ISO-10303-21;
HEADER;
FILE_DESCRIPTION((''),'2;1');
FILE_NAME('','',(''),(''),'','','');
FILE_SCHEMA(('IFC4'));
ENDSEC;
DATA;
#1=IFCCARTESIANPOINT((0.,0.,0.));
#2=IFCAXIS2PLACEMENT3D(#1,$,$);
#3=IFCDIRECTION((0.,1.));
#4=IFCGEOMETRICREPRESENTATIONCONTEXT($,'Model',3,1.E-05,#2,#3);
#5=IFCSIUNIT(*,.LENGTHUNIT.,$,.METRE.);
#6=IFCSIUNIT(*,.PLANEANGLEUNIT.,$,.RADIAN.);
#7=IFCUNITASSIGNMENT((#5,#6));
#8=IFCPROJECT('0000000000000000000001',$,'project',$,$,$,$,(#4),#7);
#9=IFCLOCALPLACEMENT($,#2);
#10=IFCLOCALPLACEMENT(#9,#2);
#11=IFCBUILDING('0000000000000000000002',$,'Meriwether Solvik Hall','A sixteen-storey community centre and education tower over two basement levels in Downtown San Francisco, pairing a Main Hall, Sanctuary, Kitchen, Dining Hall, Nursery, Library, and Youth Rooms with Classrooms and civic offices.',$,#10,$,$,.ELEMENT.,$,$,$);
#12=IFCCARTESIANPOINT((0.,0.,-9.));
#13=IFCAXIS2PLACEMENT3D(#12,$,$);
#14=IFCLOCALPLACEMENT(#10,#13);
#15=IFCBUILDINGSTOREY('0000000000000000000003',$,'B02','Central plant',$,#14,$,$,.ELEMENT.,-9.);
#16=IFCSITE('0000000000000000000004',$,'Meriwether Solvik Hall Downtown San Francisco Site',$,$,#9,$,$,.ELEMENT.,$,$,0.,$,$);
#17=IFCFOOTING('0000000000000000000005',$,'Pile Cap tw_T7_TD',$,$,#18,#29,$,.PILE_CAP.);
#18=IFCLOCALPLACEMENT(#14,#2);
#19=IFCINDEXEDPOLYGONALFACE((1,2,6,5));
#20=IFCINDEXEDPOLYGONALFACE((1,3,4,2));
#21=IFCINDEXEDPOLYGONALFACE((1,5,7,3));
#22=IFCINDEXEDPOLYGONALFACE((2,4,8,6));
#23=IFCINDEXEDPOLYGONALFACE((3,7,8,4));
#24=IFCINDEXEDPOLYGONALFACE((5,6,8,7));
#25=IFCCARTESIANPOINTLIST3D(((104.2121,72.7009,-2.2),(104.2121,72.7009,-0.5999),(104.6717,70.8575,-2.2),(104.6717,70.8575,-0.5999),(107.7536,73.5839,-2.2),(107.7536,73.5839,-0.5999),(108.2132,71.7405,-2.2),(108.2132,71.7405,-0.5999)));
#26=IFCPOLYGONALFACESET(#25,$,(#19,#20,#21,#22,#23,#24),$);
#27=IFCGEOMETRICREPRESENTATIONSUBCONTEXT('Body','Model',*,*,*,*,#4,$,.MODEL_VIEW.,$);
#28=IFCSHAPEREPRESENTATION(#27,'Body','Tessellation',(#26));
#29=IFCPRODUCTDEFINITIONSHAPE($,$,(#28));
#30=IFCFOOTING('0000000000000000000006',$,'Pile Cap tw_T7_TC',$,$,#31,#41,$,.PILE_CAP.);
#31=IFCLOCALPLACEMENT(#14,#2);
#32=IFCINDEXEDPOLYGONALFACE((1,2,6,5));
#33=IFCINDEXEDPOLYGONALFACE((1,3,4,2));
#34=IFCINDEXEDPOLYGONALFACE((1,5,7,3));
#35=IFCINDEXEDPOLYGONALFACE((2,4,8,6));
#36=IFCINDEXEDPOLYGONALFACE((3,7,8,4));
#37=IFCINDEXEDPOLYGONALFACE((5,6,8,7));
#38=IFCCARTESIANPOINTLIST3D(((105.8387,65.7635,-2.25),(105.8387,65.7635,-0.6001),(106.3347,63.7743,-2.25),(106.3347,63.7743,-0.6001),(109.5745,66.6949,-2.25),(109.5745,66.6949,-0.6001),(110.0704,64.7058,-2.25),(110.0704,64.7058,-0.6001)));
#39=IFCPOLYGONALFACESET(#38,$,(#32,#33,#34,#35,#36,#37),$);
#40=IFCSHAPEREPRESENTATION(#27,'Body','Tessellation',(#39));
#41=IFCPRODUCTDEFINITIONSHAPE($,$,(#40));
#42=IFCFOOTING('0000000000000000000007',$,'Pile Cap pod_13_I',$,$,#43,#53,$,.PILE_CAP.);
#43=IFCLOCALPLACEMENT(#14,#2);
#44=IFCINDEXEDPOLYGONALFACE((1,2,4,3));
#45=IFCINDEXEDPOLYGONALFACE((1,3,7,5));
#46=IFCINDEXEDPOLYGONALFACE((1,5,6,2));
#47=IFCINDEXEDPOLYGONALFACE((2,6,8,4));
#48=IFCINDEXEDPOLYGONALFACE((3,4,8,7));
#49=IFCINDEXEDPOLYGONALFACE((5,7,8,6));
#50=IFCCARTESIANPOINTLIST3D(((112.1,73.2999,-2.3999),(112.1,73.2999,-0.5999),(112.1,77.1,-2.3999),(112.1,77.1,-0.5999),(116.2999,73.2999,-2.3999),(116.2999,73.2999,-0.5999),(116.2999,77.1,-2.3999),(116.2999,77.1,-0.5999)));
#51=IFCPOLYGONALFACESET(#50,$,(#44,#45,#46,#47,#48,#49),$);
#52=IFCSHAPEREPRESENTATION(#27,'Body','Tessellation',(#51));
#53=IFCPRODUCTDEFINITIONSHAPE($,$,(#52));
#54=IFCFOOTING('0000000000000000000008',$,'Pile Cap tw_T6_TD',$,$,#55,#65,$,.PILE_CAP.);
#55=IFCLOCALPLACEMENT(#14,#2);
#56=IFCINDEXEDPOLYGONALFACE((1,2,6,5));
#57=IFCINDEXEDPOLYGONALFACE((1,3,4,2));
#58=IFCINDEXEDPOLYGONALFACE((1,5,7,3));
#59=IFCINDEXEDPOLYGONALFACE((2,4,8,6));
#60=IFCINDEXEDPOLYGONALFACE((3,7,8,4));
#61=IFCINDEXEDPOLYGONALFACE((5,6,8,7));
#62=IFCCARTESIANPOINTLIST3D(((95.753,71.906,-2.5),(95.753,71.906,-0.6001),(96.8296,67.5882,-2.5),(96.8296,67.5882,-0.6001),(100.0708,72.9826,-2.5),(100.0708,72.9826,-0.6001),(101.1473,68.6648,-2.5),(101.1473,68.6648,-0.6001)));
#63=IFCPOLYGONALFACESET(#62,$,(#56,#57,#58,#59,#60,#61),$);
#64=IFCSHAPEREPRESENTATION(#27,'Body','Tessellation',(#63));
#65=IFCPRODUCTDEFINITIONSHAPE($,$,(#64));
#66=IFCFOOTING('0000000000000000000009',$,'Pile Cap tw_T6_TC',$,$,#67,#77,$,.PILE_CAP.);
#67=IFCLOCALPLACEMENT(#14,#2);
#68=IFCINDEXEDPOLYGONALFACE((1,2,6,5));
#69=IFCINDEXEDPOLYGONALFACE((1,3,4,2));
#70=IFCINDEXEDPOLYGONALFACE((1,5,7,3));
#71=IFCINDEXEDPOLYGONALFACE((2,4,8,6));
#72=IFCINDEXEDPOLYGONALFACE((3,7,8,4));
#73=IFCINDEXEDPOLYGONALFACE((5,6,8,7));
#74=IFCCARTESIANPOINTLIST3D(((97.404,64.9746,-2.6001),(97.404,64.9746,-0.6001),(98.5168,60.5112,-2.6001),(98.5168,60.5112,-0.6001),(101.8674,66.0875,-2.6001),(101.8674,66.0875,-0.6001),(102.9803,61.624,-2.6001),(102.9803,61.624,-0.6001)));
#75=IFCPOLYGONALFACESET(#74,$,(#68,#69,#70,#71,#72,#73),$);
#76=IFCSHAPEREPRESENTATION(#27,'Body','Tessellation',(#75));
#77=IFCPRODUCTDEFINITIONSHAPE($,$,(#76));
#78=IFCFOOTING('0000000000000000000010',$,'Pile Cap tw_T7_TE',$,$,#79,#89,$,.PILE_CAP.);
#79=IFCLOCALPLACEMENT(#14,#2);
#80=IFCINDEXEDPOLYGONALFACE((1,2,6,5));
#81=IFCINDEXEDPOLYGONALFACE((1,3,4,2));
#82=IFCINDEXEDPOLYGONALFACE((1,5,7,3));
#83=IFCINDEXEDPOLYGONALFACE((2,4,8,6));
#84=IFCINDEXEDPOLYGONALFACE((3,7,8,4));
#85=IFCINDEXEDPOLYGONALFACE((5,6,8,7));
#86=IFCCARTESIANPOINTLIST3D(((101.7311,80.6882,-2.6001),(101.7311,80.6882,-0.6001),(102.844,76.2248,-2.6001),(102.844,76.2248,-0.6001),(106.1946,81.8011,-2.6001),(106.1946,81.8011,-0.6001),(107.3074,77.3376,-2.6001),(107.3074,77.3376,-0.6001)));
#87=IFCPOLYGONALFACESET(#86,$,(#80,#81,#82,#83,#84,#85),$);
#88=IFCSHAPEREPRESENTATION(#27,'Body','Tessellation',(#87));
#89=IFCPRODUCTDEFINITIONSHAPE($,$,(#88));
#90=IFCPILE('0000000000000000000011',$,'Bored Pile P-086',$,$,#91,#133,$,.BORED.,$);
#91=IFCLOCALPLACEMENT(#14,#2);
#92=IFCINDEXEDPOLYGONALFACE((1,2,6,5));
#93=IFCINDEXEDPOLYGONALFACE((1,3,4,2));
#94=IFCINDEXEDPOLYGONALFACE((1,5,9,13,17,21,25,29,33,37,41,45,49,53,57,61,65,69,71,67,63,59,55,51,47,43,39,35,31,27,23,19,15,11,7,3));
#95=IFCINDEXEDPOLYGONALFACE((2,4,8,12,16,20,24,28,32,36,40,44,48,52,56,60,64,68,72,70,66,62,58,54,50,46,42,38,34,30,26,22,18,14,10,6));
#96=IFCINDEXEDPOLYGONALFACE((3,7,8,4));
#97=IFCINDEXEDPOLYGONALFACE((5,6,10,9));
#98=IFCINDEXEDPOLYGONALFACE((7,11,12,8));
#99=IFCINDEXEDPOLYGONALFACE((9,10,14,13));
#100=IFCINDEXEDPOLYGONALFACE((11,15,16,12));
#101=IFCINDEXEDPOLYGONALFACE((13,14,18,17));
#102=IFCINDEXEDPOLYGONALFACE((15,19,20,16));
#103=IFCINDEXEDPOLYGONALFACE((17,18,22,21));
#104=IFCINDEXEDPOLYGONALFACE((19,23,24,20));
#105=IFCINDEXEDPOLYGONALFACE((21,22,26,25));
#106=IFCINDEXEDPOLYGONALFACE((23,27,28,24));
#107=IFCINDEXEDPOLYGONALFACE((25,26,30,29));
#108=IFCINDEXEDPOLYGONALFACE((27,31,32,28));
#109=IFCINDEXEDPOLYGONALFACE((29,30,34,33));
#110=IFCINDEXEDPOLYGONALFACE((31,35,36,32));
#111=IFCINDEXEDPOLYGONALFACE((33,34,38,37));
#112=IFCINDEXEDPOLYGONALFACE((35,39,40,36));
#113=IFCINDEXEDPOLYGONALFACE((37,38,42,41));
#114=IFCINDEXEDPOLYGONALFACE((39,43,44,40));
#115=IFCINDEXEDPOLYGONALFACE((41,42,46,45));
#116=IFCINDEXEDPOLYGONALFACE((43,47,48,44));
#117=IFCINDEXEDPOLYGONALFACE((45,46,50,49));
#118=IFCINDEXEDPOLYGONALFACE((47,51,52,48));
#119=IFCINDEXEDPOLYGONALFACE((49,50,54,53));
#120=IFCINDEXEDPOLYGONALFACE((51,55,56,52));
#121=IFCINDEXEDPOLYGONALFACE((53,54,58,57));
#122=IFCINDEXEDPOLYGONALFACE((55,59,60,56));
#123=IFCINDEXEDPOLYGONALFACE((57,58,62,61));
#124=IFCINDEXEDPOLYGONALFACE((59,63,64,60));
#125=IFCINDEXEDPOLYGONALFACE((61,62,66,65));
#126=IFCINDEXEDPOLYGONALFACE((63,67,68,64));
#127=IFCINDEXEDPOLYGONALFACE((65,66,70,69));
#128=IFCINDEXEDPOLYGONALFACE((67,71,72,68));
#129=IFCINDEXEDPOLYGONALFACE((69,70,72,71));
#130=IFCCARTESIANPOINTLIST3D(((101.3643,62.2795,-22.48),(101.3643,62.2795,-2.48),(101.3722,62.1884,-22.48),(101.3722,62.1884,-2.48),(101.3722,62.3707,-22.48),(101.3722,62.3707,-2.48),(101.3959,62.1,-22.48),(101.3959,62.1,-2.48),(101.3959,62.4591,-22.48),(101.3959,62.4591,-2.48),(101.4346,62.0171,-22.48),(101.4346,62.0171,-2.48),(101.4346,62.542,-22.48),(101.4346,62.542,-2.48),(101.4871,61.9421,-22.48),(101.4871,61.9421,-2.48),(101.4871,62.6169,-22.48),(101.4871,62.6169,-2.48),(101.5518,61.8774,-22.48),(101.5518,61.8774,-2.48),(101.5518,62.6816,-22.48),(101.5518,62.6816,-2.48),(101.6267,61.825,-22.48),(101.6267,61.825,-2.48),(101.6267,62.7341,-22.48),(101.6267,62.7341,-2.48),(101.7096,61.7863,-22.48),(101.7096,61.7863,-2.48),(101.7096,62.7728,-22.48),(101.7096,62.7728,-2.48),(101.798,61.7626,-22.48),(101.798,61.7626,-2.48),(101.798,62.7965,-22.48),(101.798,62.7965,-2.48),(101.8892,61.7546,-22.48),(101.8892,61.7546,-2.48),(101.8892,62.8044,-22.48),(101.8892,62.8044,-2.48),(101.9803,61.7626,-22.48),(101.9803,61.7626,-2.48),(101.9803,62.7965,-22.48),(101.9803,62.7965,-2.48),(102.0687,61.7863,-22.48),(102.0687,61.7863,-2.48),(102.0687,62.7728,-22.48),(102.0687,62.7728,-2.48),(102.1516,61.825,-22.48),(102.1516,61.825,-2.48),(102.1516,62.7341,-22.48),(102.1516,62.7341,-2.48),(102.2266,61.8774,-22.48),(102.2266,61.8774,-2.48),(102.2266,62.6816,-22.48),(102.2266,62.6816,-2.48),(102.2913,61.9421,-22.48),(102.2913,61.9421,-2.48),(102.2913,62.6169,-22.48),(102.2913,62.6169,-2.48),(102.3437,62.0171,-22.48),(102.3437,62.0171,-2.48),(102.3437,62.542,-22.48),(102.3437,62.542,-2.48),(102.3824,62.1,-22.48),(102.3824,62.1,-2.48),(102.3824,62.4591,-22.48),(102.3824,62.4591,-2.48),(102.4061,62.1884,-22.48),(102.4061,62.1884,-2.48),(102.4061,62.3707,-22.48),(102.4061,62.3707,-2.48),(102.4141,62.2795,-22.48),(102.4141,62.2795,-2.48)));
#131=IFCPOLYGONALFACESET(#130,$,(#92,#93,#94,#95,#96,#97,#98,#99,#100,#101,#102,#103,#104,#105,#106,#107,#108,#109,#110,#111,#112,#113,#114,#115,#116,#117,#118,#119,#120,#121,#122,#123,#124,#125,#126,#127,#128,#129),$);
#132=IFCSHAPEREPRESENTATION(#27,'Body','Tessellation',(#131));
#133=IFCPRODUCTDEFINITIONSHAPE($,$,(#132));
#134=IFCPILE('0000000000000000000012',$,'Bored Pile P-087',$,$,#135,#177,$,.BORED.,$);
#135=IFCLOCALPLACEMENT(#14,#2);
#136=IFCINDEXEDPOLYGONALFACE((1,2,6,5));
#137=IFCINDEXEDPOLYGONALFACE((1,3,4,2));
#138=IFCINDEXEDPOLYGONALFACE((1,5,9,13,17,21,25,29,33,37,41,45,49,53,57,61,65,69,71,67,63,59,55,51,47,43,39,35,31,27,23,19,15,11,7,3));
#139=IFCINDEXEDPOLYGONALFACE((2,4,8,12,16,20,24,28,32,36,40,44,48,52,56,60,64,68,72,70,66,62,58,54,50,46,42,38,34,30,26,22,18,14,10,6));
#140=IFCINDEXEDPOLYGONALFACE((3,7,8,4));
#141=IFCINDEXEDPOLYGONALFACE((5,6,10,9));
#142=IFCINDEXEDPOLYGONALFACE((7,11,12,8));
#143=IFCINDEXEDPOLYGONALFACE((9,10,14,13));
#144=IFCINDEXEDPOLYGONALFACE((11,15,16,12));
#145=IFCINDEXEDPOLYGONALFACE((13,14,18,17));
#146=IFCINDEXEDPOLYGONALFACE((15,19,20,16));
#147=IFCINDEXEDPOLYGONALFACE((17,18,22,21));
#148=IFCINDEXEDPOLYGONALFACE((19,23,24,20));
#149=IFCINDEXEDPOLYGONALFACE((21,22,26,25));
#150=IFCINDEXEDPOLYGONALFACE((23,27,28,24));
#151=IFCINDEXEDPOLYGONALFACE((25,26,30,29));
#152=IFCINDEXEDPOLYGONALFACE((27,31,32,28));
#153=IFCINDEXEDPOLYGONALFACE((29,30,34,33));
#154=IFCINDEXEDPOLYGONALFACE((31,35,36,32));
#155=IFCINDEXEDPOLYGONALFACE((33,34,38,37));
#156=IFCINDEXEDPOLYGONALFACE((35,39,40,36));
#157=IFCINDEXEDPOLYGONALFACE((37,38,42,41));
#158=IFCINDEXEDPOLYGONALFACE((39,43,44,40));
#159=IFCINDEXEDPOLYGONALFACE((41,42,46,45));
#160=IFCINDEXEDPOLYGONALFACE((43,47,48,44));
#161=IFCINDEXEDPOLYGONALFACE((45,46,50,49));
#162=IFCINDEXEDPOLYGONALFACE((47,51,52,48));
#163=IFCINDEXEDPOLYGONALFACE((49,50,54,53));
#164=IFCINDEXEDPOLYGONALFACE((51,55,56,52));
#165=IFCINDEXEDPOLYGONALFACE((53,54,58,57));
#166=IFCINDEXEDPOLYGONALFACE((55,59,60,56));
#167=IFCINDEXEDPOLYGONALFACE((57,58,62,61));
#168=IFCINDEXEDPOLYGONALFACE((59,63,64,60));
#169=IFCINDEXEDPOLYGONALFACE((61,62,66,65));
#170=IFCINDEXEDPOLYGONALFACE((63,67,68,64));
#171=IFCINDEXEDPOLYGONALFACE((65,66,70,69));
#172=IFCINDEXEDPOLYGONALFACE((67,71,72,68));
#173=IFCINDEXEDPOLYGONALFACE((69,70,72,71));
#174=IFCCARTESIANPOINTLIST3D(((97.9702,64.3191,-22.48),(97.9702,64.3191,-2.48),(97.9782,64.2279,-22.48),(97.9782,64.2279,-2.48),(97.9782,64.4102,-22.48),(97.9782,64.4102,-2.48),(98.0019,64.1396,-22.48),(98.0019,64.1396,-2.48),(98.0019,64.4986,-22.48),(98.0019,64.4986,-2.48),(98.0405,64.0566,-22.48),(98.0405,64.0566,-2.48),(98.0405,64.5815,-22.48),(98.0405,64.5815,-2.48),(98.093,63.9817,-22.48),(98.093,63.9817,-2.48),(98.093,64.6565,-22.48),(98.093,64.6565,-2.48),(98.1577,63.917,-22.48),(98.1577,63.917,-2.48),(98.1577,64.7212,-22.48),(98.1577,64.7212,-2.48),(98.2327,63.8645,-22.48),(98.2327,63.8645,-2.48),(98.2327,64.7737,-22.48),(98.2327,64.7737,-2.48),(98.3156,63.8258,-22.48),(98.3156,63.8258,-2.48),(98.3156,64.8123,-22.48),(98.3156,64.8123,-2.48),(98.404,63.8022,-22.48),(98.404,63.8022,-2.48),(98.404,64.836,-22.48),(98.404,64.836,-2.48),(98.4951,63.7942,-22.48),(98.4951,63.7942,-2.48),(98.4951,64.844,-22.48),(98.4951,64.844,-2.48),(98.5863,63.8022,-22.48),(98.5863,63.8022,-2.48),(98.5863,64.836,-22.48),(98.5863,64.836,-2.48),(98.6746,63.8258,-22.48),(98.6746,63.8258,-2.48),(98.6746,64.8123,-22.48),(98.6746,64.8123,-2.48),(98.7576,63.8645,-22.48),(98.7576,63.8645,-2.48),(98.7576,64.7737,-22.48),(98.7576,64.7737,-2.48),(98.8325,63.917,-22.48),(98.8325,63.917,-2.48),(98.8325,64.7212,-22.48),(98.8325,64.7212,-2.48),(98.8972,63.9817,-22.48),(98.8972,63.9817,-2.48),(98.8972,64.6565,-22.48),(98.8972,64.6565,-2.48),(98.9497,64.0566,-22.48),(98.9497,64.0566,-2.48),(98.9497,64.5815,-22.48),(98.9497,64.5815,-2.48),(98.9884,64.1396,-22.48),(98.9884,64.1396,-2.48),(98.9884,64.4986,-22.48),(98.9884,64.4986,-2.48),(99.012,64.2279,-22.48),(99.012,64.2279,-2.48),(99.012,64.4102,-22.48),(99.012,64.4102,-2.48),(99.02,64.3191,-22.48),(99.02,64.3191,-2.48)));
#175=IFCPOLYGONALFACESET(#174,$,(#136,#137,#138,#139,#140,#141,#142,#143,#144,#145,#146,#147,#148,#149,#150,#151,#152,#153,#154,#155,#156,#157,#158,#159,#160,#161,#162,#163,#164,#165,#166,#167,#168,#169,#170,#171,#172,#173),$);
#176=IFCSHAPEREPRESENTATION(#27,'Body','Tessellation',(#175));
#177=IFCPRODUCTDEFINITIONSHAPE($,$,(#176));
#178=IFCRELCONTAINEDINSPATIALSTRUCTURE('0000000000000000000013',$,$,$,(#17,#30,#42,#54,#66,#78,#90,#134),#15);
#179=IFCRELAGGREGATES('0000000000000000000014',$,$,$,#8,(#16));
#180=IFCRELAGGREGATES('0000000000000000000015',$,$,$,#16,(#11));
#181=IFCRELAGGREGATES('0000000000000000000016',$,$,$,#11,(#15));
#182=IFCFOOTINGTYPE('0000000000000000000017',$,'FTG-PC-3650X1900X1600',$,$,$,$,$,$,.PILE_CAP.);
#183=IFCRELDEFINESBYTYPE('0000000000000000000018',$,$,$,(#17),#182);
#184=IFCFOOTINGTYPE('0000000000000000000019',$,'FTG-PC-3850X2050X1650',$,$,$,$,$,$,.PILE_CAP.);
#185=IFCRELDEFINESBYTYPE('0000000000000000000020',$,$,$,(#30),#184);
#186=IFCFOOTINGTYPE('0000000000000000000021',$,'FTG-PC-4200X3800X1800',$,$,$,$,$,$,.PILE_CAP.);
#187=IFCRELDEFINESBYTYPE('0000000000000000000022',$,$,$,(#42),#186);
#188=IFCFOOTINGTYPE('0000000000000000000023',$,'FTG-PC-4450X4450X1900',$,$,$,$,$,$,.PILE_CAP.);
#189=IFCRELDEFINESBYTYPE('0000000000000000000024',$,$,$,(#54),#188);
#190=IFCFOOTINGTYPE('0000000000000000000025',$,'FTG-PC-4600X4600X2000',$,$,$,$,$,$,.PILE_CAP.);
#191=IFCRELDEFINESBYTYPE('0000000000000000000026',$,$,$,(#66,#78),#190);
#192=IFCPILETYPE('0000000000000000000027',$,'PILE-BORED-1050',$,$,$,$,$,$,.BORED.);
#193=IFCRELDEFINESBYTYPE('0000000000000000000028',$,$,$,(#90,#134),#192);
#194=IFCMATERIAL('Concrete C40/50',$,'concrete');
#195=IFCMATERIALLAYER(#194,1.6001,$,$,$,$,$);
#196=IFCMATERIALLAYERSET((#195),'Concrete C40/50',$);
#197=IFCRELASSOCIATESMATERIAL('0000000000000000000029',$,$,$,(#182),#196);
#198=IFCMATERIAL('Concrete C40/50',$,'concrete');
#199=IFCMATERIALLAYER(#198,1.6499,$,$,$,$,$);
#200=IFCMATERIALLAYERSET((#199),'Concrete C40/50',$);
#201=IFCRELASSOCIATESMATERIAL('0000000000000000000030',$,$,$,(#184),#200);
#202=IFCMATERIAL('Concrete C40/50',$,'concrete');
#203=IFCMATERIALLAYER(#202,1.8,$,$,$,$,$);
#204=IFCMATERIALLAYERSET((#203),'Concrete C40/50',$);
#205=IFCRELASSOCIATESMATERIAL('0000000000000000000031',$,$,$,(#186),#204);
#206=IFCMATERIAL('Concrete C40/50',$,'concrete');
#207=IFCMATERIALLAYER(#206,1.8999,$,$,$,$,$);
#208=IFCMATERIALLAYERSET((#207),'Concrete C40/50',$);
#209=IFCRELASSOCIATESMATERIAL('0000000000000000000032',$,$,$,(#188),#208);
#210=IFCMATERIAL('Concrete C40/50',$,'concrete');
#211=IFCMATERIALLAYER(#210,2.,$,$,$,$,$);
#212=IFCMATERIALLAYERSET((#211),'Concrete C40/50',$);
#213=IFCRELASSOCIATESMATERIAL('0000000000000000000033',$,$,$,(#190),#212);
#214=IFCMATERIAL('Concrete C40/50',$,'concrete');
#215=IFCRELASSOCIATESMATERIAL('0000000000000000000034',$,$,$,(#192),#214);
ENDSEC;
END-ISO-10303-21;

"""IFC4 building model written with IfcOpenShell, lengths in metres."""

from ifc_helpers import new_model, si_unit, direction, frame, origin, origin_2d, place, context, subcontext, project, spatial, rectangle, circle, extrude, material, layer, layer_set, material_profile, profile_set, type_object, element, save


model = new_model("IFC4")

# Units and contexts
model_context = context("Model", 3, precision=1e-05, world=origin(), true_north=direction((0.0, 1.0)))
body_context = subcontext(model_context, "Body", "Model", "MODEL_VIEW")
ifc_project = project(units=[si_unit("LENGTHUNIT", "METRE"), si_unit("PLANEANGLEUNIT", "RADIAN")], contexts=[model_context])

# Site, building, storey
site_placement = place(None, origin())
site = spatial("IfcSite", under=ifc_project, at=site_placement, Name="Meriwether Solvik Hall Downtown San Francisco Site", CompositionType="ELEMENT", RefElevation=0.0)
building_placement = place(site_placement, origin())
building = spatial("IfcBuilding", under=site, at=building_placement, Name="Meriwether Solvik Hall", Description="A sixteen-storey community centre and education tower over two basement levels in Downtown San Francisco, pairing a Main Hall, Sanctuary, Kitchen, Dining Hall, Nursery, Library, and Youth Rooms with Classrooms and civic offices.", CompositionType="ELEMENT")
storey_placement = place(building_placement, frame((0.0, 0.0, -9.0)))
storey = spatial("IfcBuildingStorey", under=building, at=storey_placement, Name="B02", Description="Central plant", CompositionType="ELEMENT", Elevation=-9.0)

# Footings
ifc_material_1 = material(Name="Concrete C40/50", Category="concrete")
ifc_layer_1 = layer(ifc_material_1, 1.6001)
ifc_layer_set_1 = layer_set([ifc_layer_1], Name="Concrete C40/50")
footing_type_1 = type_object("IfcFootingType", Name="FTG-PC-3650X1900X1600", PredefinedType="PILE_CAP", material=ifc_layer_set_1)
footing_1_placement = place(storey_placement, frame((106.2126, 72.2207, -2.2), z_axis=(0.0, 0.0, 1.0), x_axis=(0.970296, 0.241922, 0.0)))
element("IfcFooting", 1, at=footing_1_placement, inside=storey, type_object=footing_type_1, Name="Pile Cap tw_T7_TD", PredefinedType="PILE_CAP", context=body_context, shape_type="SweptSolid", body=[
    extrude(rectangle(XDim=3.6499, YDim=1.8999, at=origin_2d()), origin(), (0.0, 0.0, 1.0), 1.6001),
])
ifc_material_2 = material(Name="Concrete C40/50", Category="concrete")
ifc_layer_2 = layer(ifc_material_2, 1.6499)
ifc_layer_set_2 = layer_set([ifc_layer_2], Name="Concrete C40/50")
footing_type_2 = type_object("IfcFootingType", Name="FTG-PC-3850X2050X1650", PredefinedType="PILE_CAP", material=ifc_layer_set_2)
footing_2_placement = place(storey_placement, frame((107.9546, 65.2346, -2.25), z_axis=(0.0, 0.0, 1.0), x_axis=(0.970296, 0.241922, 0.0)))
element("IfcFooting", 2, at=footing_2_placement, inside=storey, type_object=footing_type_2, Name="Pile Cap tw_T7_TC", PredefinedType="PILE_CAP", context=body_context, shape_type="SweptSolid", body=[
    extrude(rectangle(XDim=3.8501, YDim=2.05, at=origin_2d()), origin(), (0.0, 0.0, 1.0), 1.6499),
])
ifc_material_3 = material(Name="Concrete C40/50", Category="concrete")
ifc_layer_3 = layer(ifc_material_3, 1.8)
ifc_layer_set_3 = layer_set([ifc_layer_3], Name="Concrete C40/50")
footing_type_3 = type_object("IfcFootingType", Name="FTG-PC-4200X3800X1800", PredefinedType="PILE_CAP", material=ifc_layer_set_3)
footing_3_placement = place(storey_placement, frame((114.2, 75.2, -2.3999), z_axis=(0.0, 0.0, 1.0), x_axis=(1.0, 0.0, 0.0)))
element("IfcFooting", 3, at=footing_3_placement, inside=storey, type_object=footing_type_3, Name="Pile Cap pod_13_I", PredefinedType="PILE_CAP", context=body_context, shape_type="SweptSolid", body=[
    extrude(rectangle(XDim=4.2, YDim=3.8, at=origin_2d()), origin(), (0.0, 0.0, 1.0), 1.8),
])
ifc_material_4 = material(Name="Concrete C40/50", Category="concrete")
ifc_layer_4 = layer(ifc_material_4, 1.8999)
ifc_layer_set_4 = layer_set([ifc_layer_4], Name="Concrete C40/50")
footing_type_4 = type_object("IfcFootingType", Name="FTG-PC-4450X4450X1900", PredefinedType="PILE_CAP", material=ifc_layer_set_4)
footing_4_placement = place(storey_placement, frame((98.4502, 70.2854, -2.5), z_axis=(0.0, 0.0, 1.0), x_axis=(0.970296, 0.241922, 0.0)))
element("IfcFooting", 4, at=footing_4_placement, inside=storey, type_object=footing_type_4, Name="Pile Cap tw_T6_TD", PredefinedType="PILE_CAP", context=body_context, shape_type="SweptSolid", body=[
    extrude(rectangle(XDim=4.45, YDim=4.45, at=origin_2d()), origin(), (0.0, 0.0, 1.0), 1.8999),
])
ifc_material_5 = material(Name="Concrete C40/50", Category="concrete")
ifc_layer_5 = layer(ifc_material_5, 2.0)
ifc_layer_set_5 = layer_set([ifc_layer_5], Name="Concrete C40/50")
footing_type_5 = type_object("IfcFootingType", Name="FTG-PC-4600X4600X2000", PredefinedType="PILE_CAP", material=ifc_layer_set_5)
for number, where, z_axis, x_axis, name in (
    (5, (100.1921, 63.2993, -2.6001), (0.0, 0.0, 1.0), (0.970296, 0.241922, 0.0), "Pile Cap tw_T6_TC"),
    (6, (104.5193, 79.0129, -2.6001), (0.0, 0.0, 1.0), (0.970296, 0.241922, 0.0), "Pile Cap tw_T7_TE"),
):
    element("IfcFooting", number, at=place(storey_placement, frame(where, z_axis=z_axis, x_axis=x_axis)), inside=storey, type_object=footing_type_5, Name=name, PredefinedType="PILE_CAP", context=body_context, shape_type="SweptSolid", body=[
        extrude(rectangle(XDim=4.6001, YDim=4.6001, at=origin_2d()), origin(), (0.0, 0.0, 1.0), 2.0),
    ])

# Piles
ifc_material_6 = material(Name="Concrete C40/50", Category="concrete")
ifc_material_profile_1 = material_profile(ifc_material_6, circle(Radius=0.5249, at=origin_2d()), Name="PILE-D1050")
ifc_profile_set_1 = profile_set([ifc_material_profile_1], Name="Concrete C40/50")
pile_type_1 = type_object("IfcPileType", Name="PILE-BORED-1050", PredefinedType="BORED", material=ifc_profile_set_1)
for number, where, z_axis, x_axis, name in (
    (7, (101.8892, 62.2795, -2.48), (0.0, 0.0, -1.0), (1.0, 0.0, 0.0), "Bored Pile P-086"),
    (8, (98.4951, 64.3191, -2.48), (0.0, 0.0, -1.0), (1.0, 0.0, 0.0), "Bored Pile P-087"),
):
    element("IfcPile", number, at=place(storey_placement, frame(where, z_axis=z_axis, x_axis=x_axis)), inside=storey, type_object=pile_type_1, Name=name, PredefinedType="BORED", context=body_context, shape_type="SweptSolid", body=[
        extrude(circle(Radius=0.5249, at=origin_2d()), origin(), (0.0, 0.0, 1.0), 20.0),
    ])

save(model, "model.ifc")
